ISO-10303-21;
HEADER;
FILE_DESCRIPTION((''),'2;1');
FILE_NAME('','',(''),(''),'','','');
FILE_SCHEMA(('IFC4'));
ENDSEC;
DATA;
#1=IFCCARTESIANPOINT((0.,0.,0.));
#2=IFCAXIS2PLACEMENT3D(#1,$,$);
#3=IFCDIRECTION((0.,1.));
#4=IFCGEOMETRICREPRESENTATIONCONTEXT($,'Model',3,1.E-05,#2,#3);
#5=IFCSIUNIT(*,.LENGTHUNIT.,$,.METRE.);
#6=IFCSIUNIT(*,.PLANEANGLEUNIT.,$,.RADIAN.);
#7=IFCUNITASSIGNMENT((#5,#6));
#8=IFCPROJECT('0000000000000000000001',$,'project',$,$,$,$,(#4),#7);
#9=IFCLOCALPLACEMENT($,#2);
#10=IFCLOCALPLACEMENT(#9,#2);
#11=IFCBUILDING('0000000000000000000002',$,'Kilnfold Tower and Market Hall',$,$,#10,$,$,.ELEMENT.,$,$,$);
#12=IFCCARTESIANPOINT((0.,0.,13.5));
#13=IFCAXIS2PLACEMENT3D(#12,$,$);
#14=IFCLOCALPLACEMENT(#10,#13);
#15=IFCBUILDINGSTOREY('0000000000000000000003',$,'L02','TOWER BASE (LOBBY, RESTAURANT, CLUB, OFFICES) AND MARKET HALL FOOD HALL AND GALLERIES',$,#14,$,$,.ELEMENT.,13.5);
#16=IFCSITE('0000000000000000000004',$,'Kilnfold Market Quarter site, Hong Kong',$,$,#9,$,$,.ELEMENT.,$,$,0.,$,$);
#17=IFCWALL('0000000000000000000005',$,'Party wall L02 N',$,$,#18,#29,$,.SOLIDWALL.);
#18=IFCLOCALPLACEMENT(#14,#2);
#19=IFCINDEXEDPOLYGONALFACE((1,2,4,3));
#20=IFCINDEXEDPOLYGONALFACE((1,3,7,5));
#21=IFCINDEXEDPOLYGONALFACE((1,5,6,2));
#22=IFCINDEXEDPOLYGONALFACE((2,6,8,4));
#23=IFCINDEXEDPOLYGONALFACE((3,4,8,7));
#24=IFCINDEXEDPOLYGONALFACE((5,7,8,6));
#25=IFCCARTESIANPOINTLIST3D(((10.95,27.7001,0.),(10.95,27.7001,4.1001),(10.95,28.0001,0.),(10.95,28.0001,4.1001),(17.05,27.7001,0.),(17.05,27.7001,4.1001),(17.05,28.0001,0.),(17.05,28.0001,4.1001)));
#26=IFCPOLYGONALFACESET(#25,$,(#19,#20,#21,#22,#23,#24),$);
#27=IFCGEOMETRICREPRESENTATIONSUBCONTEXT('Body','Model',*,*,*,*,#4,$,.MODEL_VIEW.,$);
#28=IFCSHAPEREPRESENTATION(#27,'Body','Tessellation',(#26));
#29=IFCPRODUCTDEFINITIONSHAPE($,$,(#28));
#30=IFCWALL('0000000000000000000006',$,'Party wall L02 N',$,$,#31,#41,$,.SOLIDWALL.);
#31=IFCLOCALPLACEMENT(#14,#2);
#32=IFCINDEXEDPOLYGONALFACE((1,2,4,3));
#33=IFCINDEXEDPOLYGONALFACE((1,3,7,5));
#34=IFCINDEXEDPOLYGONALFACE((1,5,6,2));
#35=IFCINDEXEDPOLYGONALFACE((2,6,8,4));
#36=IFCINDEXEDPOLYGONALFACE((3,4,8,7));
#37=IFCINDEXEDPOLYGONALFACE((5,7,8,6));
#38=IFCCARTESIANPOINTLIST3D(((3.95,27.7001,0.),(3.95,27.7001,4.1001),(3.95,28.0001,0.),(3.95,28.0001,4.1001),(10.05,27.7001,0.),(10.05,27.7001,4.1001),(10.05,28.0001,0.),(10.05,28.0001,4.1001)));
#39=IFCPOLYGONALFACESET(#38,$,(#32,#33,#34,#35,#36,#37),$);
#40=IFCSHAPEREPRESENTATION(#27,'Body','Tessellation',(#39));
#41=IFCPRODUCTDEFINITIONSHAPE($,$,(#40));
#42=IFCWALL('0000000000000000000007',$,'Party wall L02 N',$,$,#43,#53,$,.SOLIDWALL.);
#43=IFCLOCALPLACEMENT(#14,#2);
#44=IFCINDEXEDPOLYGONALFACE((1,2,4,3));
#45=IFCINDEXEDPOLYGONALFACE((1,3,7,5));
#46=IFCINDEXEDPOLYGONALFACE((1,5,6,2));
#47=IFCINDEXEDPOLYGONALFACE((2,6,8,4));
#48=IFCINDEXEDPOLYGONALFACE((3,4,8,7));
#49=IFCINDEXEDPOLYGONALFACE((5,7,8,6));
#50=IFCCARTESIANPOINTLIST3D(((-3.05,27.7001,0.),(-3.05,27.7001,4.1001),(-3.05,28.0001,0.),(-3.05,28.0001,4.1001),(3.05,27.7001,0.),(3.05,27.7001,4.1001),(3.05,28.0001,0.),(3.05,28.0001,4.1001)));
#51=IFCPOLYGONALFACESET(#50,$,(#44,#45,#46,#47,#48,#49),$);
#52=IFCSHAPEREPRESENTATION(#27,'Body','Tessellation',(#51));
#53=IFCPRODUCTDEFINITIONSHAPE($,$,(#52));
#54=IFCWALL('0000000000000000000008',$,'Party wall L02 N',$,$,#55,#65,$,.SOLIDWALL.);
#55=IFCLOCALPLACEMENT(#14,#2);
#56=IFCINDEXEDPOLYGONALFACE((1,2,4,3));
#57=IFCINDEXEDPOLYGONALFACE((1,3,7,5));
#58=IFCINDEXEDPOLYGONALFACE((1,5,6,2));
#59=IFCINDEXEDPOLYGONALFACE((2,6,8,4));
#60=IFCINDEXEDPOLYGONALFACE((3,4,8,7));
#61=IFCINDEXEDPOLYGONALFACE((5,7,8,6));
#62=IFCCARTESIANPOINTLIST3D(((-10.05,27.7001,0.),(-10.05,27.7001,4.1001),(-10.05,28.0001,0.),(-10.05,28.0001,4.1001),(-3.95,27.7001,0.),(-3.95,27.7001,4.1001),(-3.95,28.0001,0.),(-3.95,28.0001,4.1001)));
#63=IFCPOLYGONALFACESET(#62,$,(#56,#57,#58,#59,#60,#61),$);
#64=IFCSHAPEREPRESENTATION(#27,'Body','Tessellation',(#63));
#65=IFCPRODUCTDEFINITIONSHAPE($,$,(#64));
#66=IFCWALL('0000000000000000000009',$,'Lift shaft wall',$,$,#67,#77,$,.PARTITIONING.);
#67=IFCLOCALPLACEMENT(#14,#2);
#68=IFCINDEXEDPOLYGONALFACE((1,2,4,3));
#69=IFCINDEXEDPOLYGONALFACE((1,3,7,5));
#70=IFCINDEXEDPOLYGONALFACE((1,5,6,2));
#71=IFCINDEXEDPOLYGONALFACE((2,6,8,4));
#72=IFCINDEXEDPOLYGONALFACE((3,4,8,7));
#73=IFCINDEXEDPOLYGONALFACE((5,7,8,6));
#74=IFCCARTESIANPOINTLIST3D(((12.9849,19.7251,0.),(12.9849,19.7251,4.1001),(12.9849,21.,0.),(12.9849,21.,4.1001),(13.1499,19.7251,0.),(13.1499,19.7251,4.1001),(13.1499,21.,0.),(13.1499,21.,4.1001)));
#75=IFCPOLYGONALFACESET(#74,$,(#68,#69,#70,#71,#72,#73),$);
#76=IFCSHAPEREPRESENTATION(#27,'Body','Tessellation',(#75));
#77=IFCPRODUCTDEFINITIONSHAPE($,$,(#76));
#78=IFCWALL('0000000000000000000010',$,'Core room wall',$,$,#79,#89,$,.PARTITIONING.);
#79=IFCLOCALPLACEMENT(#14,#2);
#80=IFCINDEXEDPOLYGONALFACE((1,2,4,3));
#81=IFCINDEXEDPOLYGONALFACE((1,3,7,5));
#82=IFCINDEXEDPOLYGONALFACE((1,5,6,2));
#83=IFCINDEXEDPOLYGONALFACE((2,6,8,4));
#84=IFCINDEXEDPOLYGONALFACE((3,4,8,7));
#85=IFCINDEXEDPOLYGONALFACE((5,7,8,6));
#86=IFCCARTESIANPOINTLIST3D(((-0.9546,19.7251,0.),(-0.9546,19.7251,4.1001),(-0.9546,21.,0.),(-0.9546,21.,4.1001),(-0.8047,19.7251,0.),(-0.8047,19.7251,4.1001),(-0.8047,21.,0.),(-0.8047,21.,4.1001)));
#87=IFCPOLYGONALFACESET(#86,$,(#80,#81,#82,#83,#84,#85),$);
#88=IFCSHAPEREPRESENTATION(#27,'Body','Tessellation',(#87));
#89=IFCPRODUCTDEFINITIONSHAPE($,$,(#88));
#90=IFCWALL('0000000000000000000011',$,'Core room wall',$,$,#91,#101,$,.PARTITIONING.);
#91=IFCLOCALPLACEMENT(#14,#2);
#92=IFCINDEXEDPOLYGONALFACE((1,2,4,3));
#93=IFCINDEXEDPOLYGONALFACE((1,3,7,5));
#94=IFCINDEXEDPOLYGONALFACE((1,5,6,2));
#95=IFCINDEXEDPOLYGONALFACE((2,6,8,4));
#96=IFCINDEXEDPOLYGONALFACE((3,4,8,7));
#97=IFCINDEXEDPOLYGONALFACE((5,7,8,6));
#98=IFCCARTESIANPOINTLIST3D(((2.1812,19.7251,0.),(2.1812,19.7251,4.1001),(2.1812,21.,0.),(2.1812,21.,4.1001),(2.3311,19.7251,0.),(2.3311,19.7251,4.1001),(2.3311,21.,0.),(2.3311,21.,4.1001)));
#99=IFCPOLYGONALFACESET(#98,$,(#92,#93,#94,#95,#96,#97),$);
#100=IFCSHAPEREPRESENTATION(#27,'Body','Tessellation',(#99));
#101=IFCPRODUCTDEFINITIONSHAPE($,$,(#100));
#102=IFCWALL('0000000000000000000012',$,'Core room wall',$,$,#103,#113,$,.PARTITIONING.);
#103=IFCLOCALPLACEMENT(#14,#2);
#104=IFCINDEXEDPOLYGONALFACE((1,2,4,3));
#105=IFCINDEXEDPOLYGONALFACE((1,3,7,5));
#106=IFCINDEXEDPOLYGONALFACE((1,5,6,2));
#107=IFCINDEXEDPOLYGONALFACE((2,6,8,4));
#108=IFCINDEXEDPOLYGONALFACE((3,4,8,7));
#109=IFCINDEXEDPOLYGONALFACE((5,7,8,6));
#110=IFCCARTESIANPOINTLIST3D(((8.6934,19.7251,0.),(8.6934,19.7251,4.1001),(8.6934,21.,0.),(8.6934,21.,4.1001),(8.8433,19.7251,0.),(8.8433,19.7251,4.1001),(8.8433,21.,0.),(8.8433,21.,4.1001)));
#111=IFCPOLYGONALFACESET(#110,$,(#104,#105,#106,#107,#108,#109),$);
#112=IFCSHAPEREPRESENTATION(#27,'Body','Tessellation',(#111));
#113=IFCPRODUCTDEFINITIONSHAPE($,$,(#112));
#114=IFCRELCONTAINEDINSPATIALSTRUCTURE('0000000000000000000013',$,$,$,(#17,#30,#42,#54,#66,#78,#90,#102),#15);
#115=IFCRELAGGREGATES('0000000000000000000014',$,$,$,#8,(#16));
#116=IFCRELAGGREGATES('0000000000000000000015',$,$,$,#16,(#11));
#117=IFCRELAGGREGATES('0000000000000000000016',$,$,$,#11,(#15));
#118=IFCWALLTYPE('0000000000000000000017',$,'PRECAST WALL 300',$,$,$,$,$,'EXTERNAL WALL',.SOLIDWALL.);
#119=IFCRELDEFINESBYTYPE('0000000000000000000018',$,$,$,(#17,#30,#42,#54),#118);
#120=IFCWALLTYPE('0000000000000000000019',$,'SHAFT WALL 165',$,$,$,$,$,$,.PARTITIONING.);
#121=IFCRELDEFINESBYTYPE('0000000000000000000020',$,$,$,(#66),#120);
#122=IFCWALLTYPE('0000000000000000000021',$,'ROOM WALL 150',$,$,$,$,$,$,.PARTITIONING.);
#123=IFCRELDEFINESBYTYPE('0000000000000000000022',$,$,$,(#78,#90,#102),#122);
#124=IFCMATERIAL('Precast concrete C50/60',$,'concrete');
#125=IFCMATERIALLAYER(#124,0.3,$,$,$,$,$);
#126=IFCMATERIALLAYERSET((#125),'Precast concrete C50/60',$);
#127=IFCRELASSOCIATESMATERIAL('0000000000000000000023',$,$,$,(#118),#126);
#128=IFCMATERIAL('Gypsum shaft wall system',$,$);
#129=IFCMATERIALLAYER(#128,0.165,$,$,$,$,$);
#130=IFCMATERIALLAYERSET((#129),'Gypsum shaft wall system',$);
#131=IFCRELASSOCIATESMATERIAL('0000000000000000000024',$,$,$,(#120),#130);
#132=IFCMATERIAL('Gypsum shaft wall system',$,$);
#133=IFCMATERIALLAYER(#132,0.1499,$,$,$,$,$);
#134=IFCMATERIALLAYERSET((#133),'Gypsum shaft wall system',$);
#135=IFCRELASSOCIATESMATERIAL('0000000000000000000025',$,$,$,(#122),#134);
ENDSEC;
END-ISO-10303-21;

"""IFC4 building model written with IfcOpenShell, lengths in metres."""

from ifc_helpers import new_model, si_unit, direction, frame, frame_2d, origin, place, context, subcontext, project, spatial, rectangle, extrude, source, transform, mapped, material, layer, layer_set, type_object, element, save


model = new_model("IFC4")

# Units and contexts
model_context = context("Model", 3, precision=1e-05, world=origin(), true_north=direction((0.0, 1.0)))
body_context = subcontext(model_context, "Body", "Model", "MODEL_VIEW")
ifc_project = project(units=[si_unit("LENGTHUNIT", "METRE"), si_unit("PLANEANGLEUNIT", "RADIAN")], contexts=[model_context])

# Site, building, storey
site_placement = place(None, origin())
site = spatial("IfcSite", under=ifc_project, at=site_placement, Name="Kilnfold Market Quarter site, Hong Kong", CompositionType="ELEMENT", RefElevation=0.0)
building_placement = place(site_placement, origin())
building = spatial("IfcBuilding", under=site, at=building_placement, Name="Kilnfold Tower and Market Hall", CompositionType="ELEMENT")
storey_placement = place(building_placement, frame((0.0, 0.0, 13.5)))
storey = spatial("IfcBuildingStorey", under=building, at=storey_placement, Name="L02", Description="TOWER BASE (LOBBY, RESTAURANT, CLUB, OFFICES) AND MARKET HALL FOOD HALL AND GALLERIES", CompositionType="ELEMENT", Elevation=13.5)

# Walls
ifc_material_1 = material(Name="Precast concrete C50/60", Category="concrete")
ifc_layer_1 = layer(ifc_material_1, 0.3)
ifc_layer_set_1 = layer_set([ifc_layer_1], Name="Precast concrete C50/60")
wall_type_1 = type_object("IfcWallType", Name="PRECAST WALL 300", ElementType="EXTERNAL WALL", PredefinedType="SOLIDWALL", material=ifc_layer_set_1)
shared_shape_1 = source(origin(), body_context, "Body", "SweptSolid", [
    extrude(rectangle(XDim=6.1001, YDim=0.3, at=frame_2d((3.05, 0.0))), origin(), (0.0, 0.0, 1.0), 4.1001),
])
for number, where, z_axis, x_axis, name in (
    (1, (17.05, 27.8501, 0.0), (0.0, 0.0, 1.0), (-1.0, 0.0, 0.0), "Party wall L02 N"),
    (2, (10.05, 27.8501, 0.0), (0.0, 0.0, 1.0), (-1.0, 0.0, 0.0), "Party wall L02 N"),
    (3, (3.05, 27.8501, 0.0), (0.0, 0.0, 1.0), (-1.0, 0.0, 0.0), "Party wall L02 N"),
    (4, (-3.95, 27.8501, 0.0), (0.0, 0.0, 1.0), (-1.0, 0.0, 0.0), "Party wall L02 N"),
):
    element("IfcWall", number, at=place(storey_placement, frame(where, z_axis=z_axis, x_axis=x_axis)), inside=storey, type_object=wall_type_1, Name=name, PredefinedType="SOLIDWALL", context=body_context, shape_type="MappedRepresentation", body=[
        mapped(shared_shape_1, transform((0.0, 0.0, 0.0))),
    ])
ifc_material_2 = material(Name="Gypsum shaft wall system")
ifc_layer_2 = layer(ifc_material_2, 0.165)
ifc_layer_set_2 = layer_set([ifc_layer_2], Name="Gypsum shaft wall system")
wall_type_2 = type_object("IfcWallType", Name="SHAFT WALL 165", PredefinedType="PARTITIONING", material=ifc_layer_set_2)
shared_shape_2 = source(origin(), body_context, "Body", "SweptSolid", [
    extrude(rectangle(XDim=1.2749, YDim=0.165, at=frame_2d((0.6375, 0.0))), origin(), (0.0, 0.0, 1.0), 4.1001),
])
wall_1_placement = place(storey_placement, frame((13.0674, 19.7251, 0.0), z_axis=(0.0, 0.0, 1.0), x_axis=(0.0, 1.0, 0.0)))
element("IfcWall", 5, at=wall_1_placement, inside=storey, type_object=wall_type_2, Name="Lift shaft wall", PredefinedType="PARTITIONING", context=body_context, shape_type="MappedRepresentation", body=[
    mapped(shared_shape_2, transform((0.0, 0.0, 0.0))),
])
ifc_material_3 = material(Name="Gypsum shaft wall system")
ifc_layer_3 = layer(ifc_material_3, 0.1499)
ifc_layer_set_3 = layer_set([ifc_layer_3], Name="Gypsum shaft wall system")
wall_type_3 = type_object("IfcWallType", Name="ROOM WALL 150", PredefinedType="PARTITIONING", material=ifc_layer_set_3)
shared_shape_3 = source(origin(), body_context, "Body", "SweptSolid", [
    extrude(rectangle(XDim=1.2749, YDim=0.1499, at=frame_2d((0.6375, 0.0))), origin(), (0.0, 0.0, 1.0), 4.1001),
])
for number, where, z_axis, x_axis, name in (
    (6, (-0.8796, 19.7251, 0.0), (0.0, 0.0, 1.0), (0.0, 1.0, 0.0), "Core room wall"),
    (7, (2.2561, 19.7251, 0.0), (0.0, 0.0, 1.0), (0.0, 1.0, 0.0), "Core room wall"),
    (8, (8.7683, 19.7251, 0.0), (0.0, 0.0, 1.0), (0.0, 1.0, 0.0), "Core room wall"),
):
    element("IfcWall", number, at=place(storey_placement, frame(where, z_axis=z_axis, x_axis=x_axis)), inside=storey, type_object=wall_type_3, Name=name, PredefinedType="PARTITIONING", context=body_context, shape_type="MappedRepresentation", body=[
        mapped(shared_shape_3, transform((0.0, 0.0, 0.0))),
    ])

save(model, "model.ifc")
